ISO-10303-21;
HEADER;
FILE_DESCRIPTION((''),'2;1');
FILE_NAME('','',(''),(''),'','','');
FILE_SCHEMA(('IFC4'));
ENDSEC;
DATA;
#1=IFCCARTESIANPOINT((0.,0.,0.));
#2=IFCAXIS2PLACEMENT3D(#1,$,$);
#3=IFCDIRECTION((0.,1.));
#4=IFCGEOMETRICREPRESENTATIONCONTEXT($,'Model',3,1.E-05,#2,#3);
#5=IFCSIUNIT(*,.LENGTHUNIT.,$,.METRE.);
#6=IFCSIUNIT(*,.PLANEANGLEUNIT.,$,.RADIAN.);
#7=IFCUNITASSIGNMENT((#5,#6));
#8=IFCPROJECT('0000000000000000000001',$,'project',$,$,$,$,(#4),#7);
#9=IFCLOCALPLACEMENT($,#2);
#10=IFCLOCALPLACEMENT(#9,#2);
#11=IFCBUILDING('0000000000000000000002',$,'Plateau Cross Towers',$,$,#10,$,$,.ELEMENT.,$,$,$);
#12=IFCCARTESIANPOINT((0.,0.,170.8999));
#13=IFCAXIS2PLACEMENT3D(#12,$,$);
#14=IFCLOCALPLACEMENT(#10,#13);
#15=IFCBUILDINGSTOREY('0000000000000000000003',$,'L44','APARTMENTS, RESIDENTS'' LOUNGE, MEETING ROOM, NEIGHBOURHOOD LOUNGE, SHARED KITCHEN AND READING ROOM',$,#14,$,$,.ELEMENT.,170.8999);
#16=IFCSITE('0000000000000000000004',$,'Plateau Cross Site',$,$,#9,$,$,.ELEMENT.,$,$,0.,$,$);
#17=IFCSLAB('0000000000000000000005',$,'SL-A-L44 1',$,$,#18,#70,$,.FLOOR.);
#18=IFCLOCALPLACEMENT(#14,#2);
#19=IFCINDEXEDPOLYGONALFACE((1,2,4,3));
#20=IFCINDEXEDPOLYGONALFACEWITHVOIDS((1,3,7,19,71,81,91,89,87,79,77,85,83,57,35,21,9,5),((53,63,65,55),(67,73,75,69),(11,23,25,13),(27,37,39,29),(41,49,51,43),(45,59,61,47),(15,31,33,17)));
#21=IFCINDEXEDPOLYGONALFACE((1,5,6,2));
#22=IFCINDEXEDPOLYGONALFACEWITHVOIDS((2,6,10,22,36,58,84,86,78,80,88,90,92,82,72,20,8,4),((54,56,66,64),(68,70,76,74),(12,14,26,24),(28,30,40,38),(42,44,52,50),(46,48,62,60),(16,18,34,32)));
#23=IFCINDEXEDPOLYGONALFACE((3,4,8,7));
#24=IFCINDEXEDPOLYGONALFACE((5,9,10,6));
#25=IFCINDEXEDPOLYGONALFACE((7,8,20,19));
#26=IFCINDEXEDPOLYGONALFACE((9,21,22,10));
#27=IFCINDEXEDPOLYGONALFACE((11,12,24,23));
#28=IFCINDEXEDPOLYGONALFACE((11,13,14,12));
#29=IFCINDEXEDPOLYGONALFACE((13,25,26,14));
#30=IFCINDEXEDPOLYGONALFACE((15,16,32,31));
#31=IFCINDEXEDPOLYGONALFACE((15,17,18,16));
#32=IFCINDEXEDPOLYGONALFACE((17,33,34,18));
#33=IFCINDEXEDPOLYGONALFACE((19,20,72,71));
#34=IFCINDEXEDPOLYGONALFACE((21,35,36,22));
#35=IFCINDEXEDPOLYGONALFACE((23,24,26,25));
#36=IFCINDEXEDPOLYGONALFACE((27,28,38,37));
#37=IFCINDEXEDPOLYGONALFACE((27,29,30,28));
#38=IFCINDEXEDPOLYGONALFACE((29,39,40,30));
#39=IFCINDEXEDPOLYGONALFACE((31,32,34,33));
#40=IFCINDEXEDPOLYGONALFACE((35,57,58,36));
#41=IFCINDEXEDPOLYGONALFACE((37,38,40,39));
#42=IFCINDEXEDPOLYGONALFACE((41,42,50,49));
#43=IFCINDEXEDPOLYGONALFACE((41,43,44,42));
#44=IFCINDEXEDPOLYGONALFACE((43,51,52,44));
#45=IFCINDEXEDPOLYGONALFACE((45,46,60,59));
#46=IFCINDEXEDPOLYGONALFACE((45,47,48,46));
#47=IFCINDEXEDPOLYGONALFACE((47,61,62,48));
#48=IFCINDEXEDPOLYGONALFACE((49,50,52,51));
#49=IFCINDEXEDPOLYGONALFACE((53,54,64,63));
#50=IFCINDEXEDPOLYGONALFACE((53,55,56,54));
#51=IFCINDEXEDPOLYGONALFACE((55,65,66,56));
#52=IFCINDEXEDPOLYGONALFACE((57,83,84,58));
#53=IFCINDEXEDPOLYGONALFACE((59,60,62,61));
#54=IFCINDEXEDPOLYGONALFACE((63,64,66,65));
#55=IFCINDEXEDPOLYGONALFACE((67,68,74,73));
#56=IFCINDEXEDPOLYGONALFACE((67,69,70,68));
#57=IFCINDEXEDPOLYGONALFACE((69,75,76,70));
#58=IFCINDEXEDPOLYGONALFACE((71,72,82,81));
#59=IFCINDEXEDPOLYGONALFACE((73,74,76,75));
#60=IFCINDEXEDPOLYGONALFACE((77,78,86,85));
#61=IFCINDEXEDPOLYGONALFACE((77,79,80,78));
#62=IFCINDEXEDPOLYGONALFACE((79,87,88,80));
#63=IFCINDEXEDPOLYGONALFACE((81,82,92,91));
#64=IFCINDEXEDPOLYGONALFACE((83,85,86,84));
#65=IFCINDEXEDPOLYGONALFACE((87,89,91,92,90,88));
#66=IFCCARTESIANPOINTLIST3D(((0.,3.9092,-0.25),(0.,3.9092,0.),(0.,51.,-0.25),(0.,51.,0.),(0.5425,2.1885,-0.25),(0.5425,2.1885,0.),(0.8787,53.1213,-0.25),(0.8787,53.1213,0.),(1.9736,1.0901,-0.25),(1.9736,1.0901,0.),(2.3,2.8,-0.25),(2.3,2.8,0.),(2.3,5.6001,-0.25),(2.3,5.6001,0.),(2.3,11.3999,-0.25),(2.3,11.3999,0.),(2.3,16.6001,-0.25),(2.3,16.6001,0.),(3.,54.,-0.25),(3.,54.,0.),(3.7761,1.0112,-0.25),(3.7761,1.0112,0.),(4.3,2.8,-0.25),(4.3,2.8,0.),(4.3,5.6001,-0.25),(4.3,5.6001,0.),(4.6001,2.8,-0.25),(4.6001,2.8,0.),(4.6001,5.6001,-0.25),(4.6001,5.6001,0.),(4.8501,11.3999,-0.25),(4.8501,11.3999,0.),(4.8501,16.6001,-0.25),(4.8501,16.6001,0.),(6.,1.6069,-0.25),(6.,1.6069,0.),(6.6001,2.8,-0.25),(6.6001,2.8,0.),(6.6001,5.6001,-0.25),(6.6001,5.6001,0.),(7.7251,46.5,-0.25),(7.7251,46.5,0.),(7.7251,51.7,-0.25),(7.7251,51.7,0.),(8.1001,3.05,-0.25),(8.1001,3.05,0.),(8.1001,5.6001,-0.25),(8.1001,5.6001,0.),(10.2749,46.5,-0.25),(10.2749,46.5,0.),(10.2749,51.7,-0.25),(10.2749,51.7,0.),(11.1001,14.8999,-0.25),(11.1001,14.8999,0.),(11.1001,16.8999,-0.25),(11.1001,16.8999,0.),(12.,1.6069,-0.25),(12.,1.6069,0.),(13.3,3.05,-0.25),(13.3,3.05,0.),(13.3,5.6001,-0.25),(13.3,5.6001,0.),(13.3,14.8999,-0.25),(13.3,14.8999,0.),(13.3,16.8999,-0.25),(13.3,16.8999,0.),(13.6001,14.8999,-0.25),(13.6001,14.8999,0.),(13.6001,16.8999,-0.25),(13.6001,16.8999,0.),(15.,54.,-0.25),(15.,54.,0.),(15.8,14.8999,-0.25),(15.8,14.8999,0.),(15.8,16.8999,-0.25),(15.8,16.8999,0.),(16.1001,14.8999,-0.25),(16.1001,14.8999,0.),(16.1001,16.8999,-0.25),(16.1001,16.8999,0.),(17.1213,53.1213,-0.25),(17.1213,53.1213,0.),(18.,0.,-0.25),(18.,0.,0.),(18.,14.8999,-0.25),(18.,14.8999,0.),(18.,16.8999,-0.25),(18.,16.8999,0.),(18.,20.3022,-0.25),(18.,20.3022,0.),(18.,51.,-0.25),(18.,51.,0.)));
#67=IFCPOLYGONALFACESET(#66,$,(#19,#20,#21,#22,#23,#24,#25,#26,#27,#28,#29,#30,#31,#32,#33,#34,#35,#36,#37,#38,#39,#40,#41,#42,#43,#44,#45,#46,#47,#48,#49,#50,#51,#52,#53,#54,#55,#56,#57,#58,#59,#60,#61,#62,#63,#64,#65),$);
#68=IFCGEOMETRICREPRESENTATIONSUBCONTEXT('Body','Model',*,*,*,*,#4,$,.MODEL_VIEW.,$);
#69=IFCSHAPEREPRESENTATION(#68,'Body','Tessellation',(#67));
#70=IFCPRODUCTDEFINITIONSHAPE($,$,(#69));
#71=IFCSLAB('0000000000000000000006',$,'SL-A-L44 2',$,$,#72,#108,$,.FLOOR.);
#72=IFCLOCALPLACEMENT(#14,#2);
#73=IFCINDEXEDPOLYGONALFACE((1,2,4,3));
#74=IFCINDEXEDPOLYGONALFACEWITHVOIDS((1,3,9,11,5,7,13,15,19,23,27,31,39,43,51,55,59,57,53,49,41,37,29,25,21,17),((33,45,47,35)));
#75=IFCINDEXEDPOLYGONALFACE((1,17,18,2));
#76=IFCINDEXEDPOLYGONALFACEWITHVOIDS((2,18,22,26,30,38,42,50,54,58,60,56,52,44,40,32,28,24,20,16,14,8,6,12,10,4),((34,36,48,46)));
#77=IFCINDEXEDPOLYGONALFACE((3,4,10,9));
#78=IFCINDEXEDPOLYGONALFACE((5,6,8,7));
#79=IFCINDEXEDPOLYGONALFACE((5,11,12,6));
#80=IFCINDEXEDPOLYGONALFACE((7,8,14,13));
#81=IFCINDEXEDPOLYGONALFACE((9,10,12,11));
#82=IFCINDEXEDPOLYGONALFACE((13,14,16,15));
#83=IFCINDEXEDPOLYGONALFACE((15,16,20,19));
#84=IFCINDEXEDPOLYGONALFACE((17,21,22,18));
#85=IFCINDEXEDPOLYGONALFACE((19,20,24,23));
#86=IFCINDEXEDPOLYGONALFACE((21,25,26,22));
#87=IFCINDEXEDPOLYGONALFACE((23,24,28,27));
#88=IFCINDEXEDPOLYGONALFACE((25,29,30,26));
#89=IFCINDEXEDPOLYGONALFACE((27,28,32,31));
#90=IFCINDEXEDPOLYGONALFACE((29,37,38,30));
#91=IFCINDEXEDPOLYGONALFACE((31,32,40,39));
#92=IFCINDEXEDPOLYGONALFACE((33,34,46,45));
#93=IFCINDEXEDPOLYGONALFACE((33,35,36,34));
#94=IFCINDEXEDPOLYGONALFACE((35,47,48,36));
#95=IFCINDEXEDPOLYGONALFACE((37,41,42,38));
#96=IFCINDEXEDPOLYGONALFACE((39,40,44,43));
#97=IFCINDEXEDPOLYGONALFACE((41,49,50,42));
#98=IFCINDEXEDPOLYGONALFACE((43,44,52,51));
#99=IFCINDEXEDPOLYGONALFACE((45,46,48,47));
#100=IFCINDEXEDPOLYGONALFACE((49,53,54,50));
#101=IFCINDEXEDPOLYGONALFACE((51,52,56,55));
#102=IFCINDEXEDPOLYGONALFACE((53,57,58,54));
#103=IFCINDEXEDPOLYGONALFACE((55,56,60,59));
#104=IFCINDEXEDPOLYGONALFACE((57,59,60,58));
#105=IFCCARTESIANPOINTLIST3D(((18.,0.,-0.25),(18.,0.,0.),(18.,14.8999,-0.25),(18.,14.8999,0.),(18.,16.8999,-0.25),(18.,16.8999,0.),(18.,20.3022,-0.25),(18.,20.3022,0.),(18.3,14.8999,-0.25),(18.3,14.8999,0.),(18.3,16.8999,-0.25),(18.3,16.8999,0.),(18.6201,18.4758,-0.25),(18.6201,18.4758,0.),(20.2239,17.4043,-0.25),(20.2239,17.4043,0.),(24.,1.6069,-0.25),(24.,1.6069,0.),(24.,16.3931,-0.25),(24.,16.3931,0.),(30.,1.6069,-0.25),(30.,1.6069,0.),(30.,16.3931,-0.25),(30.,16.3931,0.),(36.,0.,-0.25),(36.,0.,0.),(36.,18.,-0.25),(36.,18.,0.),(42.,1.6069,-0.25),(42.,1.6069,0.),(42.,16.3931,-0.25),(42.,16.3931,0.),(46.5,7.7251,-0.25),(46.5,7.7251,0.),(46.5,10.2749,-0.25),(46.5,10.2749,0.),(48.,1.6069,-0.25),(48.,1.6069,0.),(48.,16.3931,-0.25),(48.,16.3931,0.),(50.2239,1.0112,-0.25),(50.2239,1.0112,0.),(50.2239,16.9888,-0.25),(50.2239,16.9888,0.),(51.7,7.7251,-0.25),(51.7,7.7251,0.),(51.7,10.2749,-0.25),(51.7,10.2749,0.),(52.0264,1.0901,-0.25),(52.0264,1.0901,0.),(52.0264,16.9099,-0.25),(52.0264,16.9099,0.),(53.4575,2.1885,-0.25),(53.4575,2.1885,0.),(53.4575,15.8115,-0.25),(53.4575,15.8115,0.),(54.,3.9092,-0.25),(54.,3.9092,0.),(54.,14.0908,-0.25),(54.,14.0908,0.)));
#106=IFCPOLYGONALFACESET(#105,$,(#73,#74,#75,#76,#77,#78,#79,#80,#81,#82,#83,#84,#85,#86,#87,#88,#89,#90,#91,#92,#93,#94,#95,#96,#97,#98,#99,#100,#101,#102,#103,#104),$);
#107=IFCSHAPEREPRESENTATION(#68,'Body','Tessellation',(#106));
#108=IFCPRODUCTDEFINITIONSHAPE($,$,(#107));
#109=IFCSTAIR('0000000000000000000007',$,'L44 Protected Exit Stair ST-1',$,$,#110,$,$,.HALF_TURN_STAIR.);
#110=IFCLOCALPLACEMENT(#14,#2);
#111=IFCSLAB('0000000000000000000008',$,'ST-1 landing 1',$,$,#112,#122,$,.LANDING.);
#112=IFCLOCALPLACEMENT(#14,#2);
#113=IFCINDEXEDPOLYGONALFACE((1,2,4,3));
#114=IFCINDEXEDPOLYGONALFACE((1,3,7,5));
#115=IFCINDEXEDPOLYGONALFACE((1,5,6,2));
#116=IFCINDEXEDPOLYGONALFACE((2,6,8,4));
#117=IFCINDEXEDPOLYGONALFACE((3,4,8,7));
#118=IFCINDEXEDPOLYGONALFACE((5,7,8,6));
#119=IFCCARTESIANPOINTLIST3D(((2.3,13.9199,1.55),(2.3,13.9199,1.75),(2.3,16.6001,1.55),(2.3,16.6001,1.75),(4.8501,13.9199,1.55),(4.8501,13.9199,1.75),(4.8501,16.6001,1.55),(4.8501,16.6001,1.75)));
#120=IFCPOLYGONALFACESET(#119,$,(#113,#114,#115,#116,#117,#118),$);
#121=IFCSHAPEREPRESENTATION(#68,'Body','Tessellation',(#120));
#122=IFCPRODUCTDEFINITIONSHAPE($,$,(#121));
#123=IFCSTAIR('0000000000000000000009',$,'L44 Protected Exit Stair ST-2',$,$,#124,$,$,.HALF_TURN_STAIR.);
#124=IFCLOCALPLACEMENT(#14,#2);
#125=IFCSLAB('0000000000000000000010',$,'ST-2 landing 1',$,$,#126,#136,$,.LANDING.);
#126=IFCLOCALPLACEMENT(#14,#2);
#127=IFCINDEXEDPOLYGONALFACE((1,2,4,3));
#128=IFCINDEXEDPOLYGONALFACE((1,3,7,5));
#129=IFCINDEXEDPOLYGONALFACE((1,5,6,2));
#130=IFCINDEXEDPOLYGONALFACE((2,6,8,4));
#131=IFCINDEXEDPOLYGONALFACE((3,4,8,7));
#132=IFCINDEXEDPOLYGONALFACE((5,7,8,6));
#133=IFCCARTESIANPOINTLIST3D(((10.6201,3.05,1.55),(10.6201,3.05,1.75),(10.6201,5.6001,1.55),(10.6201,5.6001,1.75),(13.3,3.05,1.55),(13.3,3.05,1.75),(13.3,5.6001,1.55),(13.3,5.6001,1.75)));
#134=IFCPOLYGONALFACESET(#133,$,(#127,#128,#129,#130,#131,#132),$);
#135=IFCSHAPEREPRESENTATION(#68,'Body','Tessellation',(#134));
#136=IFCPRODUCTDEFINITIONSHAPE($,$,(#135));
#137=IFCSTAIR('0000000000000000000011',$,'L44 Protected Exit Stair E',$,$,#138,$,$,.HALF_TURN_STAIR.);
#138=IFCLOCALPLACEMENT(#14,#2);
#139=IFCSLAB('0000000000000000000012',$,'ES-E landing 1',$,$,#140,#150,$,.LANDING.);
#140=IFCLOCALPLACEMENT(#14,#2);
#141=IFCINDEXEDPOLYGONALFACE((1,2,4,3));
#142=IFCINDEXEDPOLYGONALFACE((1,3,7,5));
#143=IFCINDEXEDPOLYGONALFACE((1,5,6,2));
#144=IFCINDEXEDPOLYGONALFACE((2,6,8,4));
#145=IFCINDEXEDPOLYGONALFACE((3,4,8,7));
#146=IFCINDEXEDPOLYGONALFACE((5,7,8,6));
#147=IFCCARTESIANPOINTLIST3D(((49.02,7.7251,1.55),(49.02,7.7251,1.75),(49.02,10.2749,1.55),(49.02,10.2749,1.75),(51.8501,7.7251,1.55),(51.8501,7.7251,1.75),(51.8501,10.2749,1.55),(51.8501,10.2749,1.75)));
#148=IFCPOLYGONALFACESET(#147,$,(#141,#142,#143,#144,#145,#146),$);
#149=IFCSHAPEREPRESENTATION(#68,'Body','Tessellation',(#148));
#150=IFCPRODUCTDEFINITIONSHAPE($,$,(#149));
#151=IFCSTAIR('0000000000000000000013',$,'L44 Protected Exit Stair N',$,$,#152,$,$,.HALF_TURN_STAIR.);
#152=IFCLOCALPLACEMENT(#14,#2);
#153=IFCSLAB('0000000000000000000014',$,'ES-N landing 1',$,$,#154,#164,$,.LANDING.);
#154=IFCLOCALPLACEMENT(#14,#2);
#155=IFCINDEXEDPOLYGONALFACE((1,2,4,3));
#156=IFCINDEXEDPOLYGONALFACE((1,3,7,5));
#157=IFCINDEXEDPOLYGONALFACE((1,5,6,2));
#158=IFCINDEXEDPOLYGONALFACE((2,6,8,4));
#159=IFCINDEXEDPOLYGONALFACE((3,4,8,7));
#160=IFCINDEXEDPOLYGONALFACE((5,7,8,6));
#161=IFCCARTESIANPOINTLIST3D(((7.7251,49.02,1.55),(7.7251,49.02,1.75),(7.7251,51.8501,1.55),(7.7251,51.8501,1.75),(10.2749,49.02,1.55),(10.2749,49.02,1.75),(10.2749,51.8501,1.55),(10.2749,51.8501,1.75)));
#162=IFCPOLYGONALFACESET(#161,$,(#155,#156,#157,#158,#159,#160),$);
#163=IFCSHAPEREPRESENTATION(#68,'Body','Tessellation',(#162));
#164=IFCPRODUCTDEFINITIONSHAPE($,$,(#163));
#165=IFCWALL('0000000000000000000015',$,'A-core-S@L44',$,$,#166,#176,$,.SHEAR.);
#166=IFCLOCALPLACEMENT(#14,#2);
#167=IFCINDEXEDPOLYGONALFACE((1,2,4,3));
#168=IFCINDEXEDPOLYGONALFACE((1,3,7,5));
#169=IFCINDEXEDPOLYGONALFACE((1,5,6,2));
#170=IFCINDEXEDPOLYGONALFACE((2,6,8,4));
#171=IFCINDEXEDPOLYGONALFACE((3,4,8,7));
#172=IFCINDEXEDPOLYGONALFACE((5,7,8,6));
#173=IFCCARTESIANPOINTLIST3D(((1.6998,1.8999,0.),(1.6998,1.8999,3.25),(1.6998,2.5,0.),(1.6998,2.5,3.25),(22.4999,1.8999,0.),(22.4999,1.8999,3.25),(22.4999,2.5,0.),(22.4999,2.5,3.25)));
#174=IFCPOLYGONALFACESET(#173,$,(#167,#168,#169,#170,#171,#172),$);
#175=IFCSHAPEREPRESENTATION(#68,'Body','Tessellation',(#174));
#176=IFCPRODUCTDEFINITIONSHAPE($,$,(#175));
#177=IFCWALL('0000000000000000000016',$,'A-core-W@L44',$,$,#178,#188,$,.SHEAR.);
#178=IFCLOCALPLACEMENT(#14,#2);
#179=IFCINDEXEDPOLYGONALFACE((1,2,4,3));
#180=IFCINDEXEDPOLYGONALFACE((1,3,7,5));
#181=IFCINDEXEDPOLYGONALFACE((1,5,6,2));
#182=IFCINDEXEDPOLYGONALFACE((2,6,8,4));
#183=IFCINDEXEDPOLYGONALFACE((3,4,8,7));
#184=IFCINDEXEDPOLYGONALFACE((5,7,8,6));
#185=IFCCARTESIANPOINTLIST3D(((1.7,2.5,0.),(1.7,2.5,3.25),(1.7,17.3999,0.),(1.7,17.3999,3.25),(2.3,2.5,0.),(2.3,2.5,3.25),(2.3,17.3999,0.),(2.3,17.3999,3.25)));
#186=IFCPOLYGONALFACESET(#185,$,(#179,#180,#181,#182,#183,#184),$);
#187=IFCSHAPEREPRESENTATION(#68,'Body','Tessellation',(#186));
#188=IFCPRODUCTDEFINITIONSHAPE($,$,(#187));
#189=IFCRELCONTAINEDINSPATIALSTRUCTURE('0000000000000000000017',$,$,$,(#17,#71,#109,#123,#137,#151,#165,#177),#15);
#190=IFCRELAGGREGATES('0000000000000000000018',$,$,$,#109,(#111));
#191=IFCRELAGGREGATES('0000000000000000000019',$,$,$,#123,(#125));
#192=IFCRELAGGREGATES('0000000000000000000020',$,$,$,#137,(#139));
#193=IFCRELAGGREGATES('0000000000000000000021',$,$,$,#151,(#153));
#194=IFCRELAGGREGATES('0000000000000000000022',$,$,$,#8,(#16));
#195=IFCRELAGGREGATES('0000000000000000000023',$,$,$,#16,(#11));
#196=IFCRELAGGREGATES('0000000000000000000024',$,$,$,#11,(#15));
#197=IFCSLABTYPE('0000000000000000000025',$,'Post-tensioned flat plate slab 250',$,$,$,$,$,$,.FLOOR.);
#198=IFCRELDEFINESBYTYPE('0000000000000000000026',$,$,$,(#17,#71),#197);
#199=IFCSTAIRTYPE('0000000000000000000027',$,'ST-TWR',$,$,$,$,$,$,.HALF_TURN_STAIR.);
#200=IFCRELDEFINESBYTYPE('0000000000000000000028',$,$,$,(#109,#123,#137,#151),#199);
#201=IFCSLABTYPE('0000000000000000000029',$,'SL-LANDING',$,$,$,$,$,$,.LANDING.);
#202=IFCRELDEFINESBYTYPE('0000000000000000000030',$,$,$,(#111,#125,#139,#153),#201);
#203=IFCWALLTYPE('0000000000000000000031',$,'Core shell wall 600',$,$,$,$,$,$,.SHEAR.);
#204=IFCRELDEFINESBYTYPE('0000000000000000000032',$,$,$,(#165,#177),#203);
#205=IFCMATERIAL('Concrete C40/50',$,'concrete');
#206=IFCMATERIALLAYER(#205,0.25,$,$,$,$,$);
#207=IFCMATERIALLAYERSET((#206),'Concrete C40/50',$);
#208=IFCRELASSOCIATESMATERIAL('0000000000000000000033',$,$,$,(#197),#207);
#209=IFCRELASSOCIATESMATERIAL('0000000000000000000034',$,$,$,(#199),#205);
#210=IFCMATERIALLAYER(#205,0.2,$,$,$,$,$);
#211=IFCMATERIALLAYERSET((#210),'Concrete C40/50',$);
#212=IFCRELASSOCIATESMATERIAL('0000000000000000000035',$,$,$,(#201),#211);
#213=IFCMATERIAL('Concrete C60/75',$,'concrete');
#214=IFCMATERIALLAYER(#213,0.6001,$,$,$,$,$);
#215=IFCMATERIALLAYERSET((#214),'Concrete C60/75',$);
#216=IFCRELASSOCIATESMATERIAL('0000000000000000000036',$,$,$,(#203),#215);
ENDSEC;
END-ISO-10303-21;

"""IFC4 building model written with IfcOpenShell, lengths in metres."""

from ifc_helpers import new_model, si_unit, direction, frame, frame_2d, origin, place, context, subcontext, project, spatial, polyline, rectangle, outline, extrude, material, layer, layer_set, type_object, element, aggregate, save


model = new_model("IFC4")

# Units and contexts
model_context = context("Model", 3, precision=1e-05, world=origin(), true_north=direction((0.0, 1.0)))
body_context = subcontext(model_context, "Body", "Model", "MODEL_VIEW")
ifc_project = project(units=[si_unit("LENGTHUNIT", "METRE"), si_unit("PLANEANGLEUNIT", "RADIAN")], contexts=[model_context])

# Site, building, storey
site_placement = place(None, origin())
site = spatial("IfcSite", under=ifc_project, at=site_placement, Name="Plateau Cross Site", CompositionType="ELEMENT", RefElevation=0.0)
building_placement = place(site_placement, origin())
building = spatial("IfcBuilding", under=site, at=building_placement, Name="Plateau Cross Towers", CompositionType="ELEMENT")
storey_placement = place(building_placement, frame((0.0, 0.0, 170.8999)))
storey = spatial("IfcBuildingStorey", under=building, at=storey_placement, Name="L44", Description="APARTMENTS, RESIDENTS' LOUNGE, MEETING ROOM, NEIGHBOURHOOD LOUNGE, SHARED KITCHEN AND READING ROOM", CompositionType="ELEMENT", Elevation=170.8999)

# Shared definitions
ifc_material_1 = material(Name="Concrete C60/75", Category="concrete")

# Shared definitions
ifc_material_2 = material(Name="Concrete C40/50", Category="concrete")

# Slabs
ifc_layer_1 = layer(ifc_material_2, 0.25)
ifc_layer_set_1 = layer_set([ifc_layer_1], Name="Concrete C40/50")
slab_type_1 = type_object("IfcSlabType", Name="Post-tensioned flat plate slab 250", PredefinedType="FLOOR", material=ifc_layer_set_1)
slab_1_placement = place(storey_placement, frame((0.0, 0.0, -0.25)))
element("IfcSlab", 1, at=slab_1_placement, inside=storey, type_object=slab_type_1, Name="SL-A-L44 1", PredefinedType="FLOOR", context=body_context, shape_type="SweptSolid", body=[
    extrude(outline(polyline([(0.5425, 2.1885), (0.0, 3.9092), (0.0, 51.0), (0.8787, 53.1213), (3.0, 54.0), (15.0, 54.0), (17.1213, 53.1213), (18.0, 51.0), (18.0, 20.3022), (18.0, 16.8999), (16.1001, 16.8999), (16.1001, 14.8999), (18.0, 14.8999), (18.0, 0.0), (12.0, 1.6069), (6.0, 1.6069), (3.7761, 1.0112), (1.9736, 1.0901), (0.5425, 2.1885)]), holes=[polyline([(2.3, 5.6001), (2.3, 2.8), (4.3, 2.8), (4.3, 5.6001), (2.3, 5.6001)]), polyline([(4.6001, 5.6001), (4.6001, 2.8), (6.6001, 2.8), (6.6001, 5.6001), (4.6001, 5.6001)]), polyline([(8.1001, 5.6001), (8.1001, 3.05), (13.3, 3.05), (13.3, 5.6001), (8.1001, 5.6001)]), polyline([(2.3, 11.3999), (4.8501, 11.3999), (4.8501, 16.6001), (2.3, 16.6001), (2.3, 11.3999)]), polyline([(11.1001, 16.8999), (11.1001, 14.8999), (13.3, 14.8999), (13.3, 16.8999), (11.1001, 16.8999)]), polyline([(13.6001, 16.8999), (13.6001, 14.8999), (15.8, 14.8999), (15.8, 16.8999), (13.6001, 16.8999)]), polyline([(7.7251, 51.7), (7.7251, 46.5), (10.2749, 46.5), (10.2749, 51.7), (7.7251, 51.7)])]), origin(), (0.0, 0.0, 1.0), 0.25),
])
slab_2_placement = place(storey_placement, frame((0.0, 0.0, -0.25)))
element("IfcSlab", 2, at=slab_2_placement, inside=storey, type_object=slab_type_1, Name="SL-A-L44 2", PredefinedType="FLOOR", context=body_context, shape_type="SweptSolid", body=[
    extrude(outline(polyline([(18.6201, 18.4758), (20.2239, 17.4043), (24.0, 16.3931), (30.0, 16.3931), (36.0, 18.0), (42.0, 16.3931), (48.0, 16.3931), (50.2239, 16.9888), (52.0264, 16.9099), (53.4575, 15.8115), (54.0, 14.0908), (54.0, 3.9092), (53.4575, 2.1885), (52.0264, 1.0901), (50.2239, 1.0112), (48.0, 1.6069), (42.0, 1.6069), (36.0, 0.0), (30.0, 1.6069), (24.0, 1.6069), (18.0, 0.0), (18.0, 14.8999), (18.3, 14.8999), (18.3, 16.8999), (18.0, 16.8999), (18.0, 20.3022), (18.6201, 18.4758)]), holes=[polyline([(46.5, 10.2749), (46.5, 7.7251), (51.7, 7.7251), (51.7, 10.2749), (46.5, 10.2749)])]), origin(), (0.0, 0.0, 1.0), 0.25),
])

# Stairs, slabs
stair_type = type_object("IfcStairType", Name="ST-TWR", PredefinedType="HALF_TURN_STAIR", material=ifc_material_2)
stair_1_placement = place(storey_placement, origin())
stair_1 = element("IfcStair", 3, at=stair_1_placement, inside=storey, type_object=stair_type, Name="L44 Protected Exit Stair ST-1", PredefinedType="HALF_TURN_STAIR")
ifc_layer_2 = layer(ifc_material_2, 0.2)
ifc_layer_set_2 = layer_set([ifc_layer_2], Name="Concrete C40/50")
slab_type_2 = type_object("IfcSlabType", Name="SL-LANDING", PredefinedType="LANDING", material=ifc_layer_set_2)
slab_3_placement = place(storey_placement, frame((0.0, 0.0, 1.55)))
slab_3 = element("IfcSlab", 4, at=slab_3_placement, type_object=slab_type_2, Name="ST-1 landing 1", PredefinedType="LANDING", context=body_context, shape_type="SweptSolid", body=[
    extrude(outline(polyline([(4.8501, 13.9199), (4.8501, 16.6001), (2.3, 16.6001), (2.3, 13.9199), (4.8501, 13.9199)])), origin(), (0.0, 0.0, 1.0), 0.2),
])
aggregate(stair_1, [slab_3])
stair_2_placement = place(storey_placement, origin())
stair_2 = element("IfcStair", 5, at=stair_2_placement, inside=storey, type_object=stair_type, Name="L44 Protected Exit Stair ST-2", PredefinedType="HALF_TURN_STAIR")
slab_4_placement = place(storey_placement, frame((0.0, 0.0, 1.55)))
slab_4 = element("IfcSlab", 6, at=slab_4_placement, type_object=slab_type_2, Name="ST-2 landing 1", PredefinedType="LANDING", context=body_context, shape_type="SweptSolid", body=[
    extrude(outline(polyline([(10.6201, 3.05), (13.3, 3.05), (13.3, 5.6001), (10.6201, 5.6001), (10.6201, 3.05)])), origin(), (0.0, 0.0, 1.0), 0.2),
])
aggregate(stair_2, [slab_4])
stair_3_placement = place(storey_placement, origin())
stair_3 = element("IfcStair", 7, at=stair_3_placement, inside=storey, type_object=stair_type, Name="L44 Protected Exit Stair E", PredefinedType="HALF_TURN_STAIR")
slab_5_placement = place(storey_placement, frame((0.0, 0.0, 1.55)))
slab_5 = element("IfcSlab", 8, at=slab_5_placement, type_object=slab_type_2, Name="ES-E landing 1", PredefinedType="LANDING", context=body_context, shape_type="SweptSolid", body=[
    extrude(outline(polyline([(49.02, 7.7251), (51.8501, 7.7251), (51.8501, 10.2749), (49.02, 10.2749), (49.02, 7.7251)])), origin(), (0.0, 0.0, 1.0), 0.2),
])
aggregate(stair_3, [slab_5])
stair_4_placement = place(storey_placement, origin())
stair_4 = element("IfcStair", 9, at=stair_4_placement, inside=storey, type_object=stair_type, Name="L44 Protected Exit Stair N", PredefinedType="HALF_TURN_STAIR")
slab_6_placement = place(storey_placement, frame((0.0, 0.0, 1.55)))
slab_6 = element("IfcSlab", 10, at=slab_6_placement, type_object=slab_type_2, Name="ES-N landing 1", PredefinedType="LANDING", context=body_context, shape_type="SweptSolid", body=[
    extrude(outline(polyline([(10.2749, 49.02), (10.2749, 51.8501), (7.7251, 51.8501), (7.7251, 49.02), (10.2749, 49.02)])), origin(), (0.0, 0.0, 1.0), 0.2),
])
aggregate(stair_4, [slab_6])

# Walls
ifc_layer_3 = layer(ifc_material_1, 0.6001)
ifc_layer_set_3 = layer_set([ifc_layer_3], Name="Concrete C60/75")
wall_type = type_object("IfcWallType", Name="Core shell wall 600", PredefinedType="SHEAR", material=ifc_layer_set_3)
wall_1_placement = place(storey_placement, frame((1.7, 2.2, 0.0), z_axis=(0.0, 0.0, 1.0), x_axis=(1.0, 0.0, 0.0)))
element("IfcWall", 11, at=wall_1_placement, inside=storey, type_object=wall_type, Name="A-core-S@L44", PredefinedType="SHEAR", context=body_context, shape_type="SweptSolid", body=[
    extrude(rectangle(XDim=20.8, YDim=0.6001, at=frame_2d((10.3999, 0.0))), origin(), (0.0, 0.0, 1.0), 3.25),
])
wall_2_placement = place(storey_placement, frame((2.0, 2.5, 0.0), z_axis=(0.0, 0.0, 1.0), x_axis=(0.0, 1.0, 0.0)))
element("IfcWall", 12, at=wall_2_placement, inside=storey, type_object=wall_type, Name="A-core-W@L44", PredefinedType="SHEAR", context=body_context, shape_type="SweptSolid", body=[
    extrude(rectangle(XDim=14.8999, YDim=0.6001, at=frame_2d((7.45, 0.0))), origin(), (0.0, 0.0, 1.0), 3.25),
])

save(model, "model.ifc")
